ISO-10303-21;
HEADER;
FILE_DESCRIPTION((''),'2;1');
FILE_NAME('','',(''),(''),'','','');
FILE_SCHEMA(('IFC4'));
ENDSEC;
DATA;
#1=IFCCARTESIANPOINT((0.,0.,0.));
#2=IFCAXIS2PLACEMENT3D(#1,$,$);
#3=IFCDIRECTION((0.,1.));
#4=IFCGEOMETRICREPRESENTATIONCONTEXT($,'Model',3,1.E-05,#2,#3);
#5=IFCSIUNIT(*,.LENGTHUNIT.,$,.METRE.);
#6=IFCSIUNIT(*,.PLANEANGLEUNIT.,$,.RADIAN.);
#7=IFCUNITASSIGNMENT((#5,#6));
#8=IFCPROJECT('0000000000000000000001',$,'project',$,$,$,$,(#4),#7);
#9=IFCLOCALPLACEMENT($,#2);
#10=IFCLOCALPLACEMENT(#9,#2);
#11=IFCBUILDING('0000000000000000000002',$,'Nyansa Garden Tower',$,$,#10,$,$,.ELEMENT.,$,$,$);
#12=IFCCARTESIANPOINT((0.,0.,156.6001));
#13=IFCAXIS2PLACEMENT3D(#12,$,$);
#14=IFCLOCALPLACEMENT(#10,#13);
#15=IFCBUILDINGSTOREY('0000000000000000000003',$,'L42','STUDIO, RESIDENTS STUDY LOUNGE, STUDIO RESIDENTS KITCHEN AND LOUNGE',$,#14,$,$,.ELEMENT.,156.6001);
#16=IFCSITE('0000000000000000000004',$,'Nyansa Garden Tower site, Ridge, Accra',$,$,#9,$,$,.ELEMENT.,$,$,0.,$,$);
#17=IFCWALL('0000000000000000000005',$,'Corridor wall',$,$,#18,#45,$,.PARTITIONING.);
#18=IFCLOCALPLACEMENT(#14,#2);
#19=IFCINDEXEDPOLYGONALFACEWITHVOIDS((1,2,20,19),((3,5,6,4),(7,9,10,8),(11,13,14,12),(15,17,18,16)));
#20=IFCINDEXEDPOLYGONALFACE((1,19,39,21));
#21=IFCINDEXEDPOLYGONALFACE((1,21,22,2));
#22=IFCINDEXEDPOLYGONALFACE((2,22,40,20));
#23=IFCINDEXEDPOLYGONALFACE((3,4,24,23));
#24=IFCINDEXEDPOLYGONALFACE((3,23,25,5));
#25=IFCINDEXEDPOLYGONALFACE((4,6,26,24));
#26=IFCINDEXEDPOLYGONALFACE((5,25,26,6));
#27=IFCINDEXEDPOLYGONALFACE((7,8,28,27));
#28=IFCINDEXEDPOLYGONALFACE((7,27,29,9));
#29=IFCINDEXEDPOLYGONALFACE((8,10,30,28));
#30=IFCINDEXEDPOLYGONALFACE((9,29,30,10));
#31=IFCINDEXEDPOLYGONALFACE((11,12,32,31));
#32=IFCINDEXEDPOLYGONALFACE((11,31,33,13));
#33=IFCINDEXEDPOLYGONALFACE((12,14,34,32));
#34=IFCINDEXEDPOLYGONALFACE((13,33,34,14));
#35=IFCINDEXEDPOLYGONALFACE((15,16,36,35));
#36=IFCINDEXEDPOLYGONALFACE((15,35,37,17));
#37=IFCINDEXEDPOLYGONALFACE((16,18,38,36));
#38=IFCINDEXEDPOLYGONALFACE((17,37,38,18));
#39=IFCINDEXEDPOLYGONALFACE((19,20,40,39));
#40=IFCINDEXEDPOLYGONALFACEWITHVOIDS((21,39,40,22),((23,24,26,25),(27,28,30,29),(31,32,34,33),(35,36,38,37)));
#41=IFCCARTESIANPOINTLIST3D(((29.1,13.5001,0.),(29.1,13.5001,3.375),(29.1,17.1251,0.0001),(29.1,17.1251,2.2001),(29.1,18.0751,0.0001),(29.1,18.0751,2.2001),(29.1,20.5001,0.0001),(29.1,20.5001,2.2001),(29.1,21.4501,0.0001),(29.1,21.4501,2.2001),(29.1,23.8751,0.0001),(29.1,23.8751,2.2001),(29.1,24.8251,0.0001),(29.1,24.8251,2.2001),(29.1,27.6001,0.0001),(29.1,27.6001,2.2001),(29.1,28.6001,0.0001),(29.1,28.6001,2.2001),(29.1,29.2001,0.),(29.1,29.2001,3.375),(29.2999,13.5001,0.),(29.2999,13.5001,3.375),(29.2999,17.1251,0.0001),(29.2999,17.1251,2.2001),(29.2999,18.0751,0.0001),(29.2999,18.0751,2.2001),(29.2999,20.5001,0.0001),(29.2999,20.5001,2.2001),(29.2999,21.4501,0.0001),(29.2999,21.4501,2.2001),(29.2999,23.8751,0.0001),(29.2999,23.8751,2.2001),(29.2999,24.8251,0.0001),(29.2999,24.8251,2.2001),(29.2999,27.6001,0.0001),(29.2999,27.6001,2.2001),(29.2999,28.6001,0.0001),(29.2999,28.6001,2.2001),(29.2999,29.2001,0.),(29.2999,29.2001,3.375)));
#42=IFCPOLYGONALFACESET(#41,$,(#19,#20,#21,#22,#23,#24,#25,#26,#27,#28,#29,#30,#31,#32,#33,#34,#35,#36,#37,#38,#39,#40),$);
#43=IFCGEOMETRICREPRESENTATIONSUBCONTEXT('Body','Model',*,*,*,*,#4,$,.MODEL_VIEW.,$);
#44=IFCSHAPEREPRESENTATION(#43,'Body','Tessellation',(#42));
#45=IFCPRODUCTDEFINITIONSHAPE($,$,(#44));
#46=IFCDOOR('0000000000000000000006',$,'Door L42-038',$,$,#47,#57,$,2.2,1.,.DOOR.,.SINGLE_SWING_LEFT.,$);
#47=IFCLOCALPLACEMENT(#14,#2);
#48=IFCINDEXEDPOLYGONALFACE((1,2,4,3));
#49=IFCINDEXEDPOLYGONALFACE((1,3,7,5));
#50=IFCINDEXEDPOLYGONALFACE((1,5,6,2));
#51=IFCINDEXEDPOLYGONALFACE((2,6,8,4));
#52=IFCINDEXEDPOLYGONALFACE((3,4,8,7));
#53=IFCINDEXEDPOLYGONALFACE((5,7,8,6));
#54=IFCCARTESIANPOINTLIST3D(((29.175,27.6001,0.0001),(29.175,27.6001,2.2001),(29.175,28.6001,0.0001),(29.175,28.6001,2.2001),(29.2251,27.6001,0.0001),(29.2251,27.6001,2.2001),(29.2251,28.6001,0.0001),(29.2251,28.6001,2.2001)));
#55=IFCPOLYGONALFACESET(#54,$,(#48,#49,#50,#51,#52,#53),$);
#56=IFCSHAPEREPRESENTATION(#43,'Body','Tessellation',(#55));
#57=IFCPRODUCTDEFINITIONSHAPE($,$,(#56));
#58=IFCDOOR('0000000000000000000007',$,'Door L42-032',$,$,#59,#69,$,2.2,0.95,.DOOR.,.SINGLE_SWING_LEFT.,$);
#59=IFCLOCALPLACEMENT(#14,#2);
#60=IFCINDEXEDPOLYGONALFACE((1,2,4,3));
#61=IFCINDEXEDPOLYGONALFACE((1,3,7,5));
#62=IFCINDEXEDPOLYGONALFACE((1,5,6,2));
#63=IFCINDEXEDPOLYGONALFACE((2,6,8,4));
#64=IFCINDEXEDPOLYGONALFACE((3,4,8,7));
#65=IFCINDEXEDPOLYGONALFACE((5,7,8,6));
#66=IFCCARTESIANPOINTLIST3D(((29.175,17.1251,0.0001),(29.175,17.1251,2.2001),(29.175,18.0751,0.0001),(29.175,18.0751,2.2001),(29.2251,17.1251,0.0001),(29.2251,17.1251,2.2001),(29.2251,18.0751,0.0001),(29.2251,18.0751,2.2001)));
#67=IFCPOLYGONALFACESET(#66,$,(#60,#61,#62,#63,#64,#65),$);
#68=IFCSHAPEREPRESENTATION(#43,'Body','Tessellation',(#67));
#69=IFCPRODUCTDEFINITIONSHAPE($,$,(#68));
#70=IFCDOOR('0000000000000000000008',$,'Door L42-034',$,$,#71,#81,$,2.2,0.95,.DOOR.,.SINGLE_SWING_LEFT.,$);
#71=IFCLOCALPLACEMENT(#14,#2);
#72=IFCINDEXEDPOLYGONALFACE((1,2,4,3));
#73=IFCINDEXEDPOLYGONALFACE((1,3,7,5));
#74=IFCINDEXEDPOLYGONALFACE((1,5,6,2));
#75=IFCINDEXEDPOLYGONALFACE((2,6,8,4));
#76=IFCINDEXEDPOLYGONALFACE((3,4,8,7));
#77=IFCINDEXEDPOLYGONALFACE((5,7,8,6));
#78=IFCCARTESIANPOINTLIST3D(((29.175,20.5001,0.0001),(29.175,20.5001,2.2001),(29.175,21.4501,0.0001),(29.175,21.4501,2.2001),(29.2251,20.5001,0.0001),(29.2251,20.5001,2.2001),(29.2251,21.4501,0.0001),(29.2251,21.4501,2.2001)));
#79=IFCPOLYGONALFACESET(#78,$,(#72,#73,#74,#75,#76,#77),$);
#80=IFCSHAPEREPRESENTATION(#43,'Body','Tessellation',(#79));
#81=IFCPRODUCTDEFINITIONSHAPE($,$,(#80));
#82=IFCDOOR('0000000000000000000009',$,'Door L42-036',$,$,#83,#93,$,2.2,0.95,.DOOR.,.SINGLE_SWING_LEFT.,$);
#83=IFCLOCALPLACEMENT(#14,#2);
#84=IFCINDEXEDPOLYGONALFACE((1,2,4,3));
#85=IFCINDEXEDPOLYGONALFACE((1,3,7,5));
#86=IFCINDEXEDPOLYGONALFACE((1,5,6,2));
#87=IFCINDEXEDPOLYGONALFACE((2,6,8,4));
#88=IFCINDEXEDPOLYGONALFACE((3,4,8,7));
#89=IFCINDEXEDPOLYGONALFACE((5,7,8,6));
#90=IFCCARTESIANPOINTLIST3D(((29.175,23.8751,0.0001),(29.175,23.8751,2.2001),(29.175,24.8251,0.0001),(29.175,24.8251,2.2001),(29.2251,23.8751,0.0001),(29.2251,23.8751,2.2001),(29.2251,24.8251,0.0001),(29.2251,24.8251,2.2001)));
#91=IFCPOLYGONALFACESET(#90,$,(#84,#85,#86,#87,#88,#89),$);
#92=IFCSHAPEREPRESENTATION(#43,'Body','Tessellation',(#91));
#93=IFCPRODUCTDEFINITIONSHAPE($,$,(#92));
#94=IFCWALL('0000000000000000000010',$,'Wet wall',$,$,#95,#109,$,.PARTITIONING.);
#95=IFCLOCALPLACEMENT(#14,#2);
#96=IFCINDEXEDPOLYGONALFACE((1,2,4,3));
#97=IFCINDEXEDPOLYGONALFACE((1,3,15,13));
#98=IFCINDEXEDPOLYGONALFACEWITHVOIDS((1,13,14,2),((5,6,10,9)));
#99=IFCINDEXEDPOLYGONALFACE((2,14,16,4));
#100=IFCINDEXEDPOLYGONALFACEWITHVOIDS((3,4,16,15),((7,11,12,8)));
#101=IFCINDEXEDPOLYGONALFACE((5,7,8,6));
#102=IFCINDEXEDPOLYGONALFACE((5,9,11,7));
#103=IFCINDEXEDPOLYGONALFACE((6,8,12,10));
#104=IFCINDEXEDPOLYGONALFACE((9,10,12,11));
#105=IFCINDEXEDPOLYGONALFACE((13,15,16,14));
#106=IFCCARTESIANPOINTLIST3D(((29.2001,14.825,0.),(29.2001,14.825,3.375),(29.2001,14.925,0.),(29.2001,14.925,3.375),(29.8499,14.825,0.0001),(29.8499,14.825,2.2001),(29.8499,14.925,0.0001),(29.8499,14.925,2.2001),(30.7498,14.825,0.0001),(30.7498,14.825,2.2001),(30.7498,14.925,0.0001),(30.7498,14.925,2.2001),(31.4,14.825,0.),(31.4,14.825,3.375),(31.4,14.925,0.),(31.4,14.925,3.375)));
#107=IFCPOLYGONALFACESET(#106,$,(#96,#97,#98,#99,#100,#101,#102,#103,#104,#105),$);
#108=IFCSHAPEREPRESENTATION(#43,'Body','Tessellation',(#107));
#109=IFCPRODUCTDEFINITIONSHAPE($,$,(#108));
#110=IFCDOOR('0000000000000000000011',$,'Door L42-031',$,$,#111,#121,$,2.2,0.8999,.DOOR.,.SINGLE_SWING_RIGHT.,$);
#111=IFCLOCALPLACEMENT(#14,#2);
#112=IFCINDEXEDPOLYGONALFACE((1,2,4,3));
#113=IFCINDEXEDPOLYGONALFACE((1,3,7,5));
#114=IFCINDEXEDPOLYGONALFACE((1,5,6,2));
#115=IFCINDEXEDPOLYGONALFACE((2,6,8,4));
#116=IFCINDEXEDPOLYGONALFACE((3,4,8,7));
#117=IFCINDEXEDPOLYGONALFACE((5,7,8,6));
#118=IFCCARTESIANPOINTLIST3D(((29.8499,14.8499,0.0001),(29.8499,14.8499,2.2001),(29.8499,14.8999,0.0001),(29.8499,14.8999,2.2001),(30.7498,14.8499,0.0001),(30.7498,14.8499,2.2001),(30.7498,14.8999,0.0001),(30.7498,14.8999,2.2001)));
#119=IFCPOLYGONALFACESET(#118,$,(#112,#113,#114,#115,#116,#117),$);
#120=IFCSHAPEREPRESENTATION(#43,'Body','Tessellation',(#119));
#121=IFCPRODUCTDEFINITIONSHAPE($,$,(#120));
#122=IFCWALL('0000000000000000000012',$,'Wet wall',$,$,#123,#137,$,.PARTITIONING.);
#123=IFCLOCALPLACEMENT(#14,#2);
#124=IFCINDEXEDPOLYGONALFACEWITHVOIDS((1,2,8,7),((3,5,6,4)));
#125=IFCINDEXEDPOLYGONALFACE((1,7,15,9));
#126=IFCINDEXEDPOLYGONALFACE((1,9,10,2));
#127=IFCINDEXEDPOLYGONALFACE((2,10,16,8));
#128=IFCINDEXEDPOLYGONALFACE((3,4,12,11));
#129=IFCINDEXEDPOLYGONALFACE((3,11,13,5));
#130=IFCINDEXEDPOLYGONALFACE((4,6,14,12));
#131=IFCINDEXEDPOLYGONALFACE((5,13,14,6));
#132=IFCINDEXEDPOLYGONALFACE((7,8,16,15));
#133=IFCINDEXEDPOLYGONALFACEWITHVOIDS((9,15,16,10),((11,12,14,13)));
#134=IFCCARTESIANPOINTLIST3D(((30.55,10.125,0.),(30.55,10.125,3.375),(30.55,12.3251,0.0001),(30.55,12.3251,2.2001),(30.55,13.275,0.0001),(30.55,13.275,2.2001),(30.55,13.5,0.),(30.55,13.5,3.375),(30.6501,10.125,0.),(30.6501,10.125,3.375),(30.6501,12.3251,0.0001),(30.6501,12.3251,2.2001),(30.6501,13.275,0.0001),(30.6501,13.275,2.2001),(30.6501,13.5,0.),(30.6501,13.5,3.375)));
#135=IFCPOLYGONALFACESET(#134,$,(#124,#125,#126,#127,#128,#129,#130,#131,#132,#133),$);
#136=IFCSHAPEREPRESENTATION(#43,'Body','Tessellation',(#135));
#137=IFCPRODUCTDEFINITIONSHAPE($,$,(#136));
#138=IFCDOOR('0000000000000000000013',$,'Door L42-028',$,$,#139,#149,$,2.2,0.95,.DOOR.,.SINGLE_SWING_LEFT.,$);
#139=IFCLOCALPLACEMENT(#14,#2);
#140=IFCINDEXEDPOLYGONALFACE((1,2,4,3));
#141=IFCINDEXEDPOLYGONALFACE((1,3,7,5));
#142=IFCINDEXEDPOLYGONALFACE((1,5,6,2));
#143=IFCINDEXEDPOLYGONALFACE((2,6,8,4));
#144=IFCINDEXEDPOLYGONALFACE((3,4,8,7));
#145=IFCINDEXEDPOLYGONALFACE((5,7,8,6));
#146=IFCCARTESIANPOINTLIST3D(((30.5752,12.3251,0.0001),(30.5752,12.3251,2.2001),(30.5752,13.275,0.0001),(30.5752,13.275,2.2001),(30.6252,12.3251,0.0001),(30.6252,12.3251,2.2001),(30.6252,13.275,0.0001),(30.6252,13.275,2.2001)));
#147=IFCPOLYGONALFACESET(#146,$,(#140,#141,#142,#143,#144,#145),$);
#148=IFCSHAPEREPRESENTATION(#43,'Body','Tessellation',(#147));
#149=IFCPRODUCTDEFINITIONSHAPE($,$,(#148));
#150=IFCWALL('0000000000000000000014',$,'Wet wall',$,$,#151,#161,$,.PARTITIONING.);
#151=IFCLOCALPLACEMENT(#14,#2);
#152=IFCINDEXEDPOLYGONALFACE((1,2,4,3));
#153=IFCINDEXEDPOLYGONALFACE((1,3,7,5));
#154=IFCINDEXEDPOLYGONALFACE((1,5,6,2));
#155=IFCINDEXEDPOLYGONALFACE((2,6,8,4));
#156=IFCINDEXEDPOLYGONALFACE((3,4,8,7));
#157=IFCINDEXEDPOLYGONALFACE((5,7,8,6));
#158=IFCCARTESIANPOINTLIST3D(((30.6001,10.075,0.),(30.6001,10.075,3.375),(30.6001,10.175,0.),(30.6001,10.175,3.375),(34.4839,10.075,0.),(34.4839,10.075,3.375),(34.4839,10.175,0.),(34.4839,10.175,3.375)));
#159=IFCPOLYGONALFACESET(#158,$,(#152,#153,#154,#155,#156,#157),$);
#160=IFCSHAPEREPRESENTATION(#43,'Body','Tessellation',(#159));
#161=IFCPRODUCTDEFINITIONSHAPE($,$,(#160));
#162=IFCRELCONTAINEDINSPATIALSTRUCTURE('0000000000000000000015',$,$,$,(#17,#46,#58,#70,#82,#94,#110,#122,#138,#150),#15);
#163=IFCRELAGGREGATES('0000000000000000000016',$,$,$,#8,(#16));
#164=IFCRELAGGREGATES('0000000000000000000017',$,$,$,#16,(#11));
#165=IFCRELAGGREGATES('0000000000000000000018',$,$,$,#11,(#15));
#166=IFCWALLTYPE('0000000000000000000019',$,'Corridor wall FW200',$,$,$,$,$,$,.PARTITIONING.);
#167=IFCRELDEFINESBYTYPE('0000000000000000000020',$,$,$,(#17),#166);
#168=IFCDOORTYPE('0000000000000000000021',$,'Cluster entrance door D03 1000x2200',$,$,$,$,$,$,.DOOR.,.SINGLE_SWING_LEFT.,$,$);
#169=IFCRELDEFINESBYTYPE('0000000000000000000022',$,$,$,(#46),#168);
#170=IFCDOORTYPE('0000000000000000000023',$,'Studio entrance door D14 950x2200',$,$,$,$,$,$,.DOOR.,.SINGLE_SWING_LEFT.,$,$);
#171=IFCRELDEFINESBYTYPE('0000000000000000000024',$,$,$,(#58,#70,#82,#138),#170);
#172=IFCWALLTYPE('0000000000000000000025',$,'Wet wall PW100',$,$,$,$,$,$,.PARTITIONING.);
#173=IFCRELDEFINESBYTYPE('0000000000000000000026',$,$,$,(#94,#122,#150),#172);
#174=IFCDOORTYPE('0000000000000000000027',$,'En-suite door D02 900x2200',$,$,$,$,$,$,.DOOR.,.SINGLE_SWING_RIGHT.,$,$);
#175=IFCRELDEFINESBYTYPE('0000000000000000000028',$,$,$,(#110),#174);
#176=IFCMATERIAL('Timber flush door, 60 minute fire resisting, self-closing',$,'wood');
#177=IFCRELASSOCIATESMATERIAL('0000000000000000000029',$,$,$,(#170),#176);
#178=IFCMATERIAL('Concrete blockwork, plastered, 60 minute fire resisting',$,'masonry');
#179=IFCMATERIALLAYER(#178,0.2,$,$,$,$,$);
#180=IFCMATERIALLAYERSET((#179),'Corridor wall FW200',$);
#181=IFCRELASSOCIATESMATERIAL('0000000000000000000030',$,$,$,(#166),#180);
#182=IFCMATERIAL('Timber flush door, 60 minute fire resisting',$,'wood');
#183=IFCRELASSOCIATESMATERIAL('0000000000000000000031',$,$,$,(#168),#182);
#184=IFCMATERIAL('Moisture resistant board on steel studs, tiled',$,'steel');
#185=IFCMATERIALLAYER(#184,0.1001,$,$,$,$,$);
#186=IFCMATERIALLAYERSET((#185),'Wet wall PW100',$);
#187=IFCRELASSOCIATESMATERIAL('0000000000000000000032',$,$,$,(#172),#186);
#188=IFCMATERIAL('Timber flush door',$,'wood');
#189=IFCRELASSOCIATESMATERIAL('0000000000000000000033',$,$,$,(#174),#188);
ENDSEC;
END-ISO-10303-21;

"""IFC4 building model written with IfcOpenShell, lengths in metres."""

from ifc_helpers import new_model, si_unit, direction, frame, frame_2d, origin, place, context, subcontext, project, spatial, rectangle, extrude, material, layer, layer_set, type_object, element, fill, save


model = new_model("IFC4")

# Units and contexts
model_context = context("Model", 3, precision=1e-05, world=origin(), true_north=direction((0.0, 1.0)))
body_context = subcontext(model_context, "Body", "Model", "MODEL_VIEW")
ifc_project = project(units=[si_unit("LENGTHUNIT", "METRE"), si_unit("PLANEANGLEUNIT", "RADIAN")], contexts=[model_context])

# Site, building, storey
site_placement = place(None, origin())
site = spatial("IfcSite", under=ifc_project, at=site_placement, Name="Nyansa Garden Tower site, Ridge, Accra", CompositionType="ELEMENT", RefElevation=0.0)
building_placement = place(site_placement, origin())
building = spatial("IfcBuilding", under=site, at=building_placement, Name="Nyansa Garden Tower", CompositionType="ELEMENT")
storey_placement = place(building_placement, frame((0.0, 0.0, 156.6001)))
storey = spatial("IfcBuildingStorey", under=building, at=storey_placement, Name="L42", Description="STUDIO, RESIDENTS STUDY LOUNGE, STUDIO RESIDENTS KITCHEN AND LOUNGE", CompositionType="ELEMENT", Elevation=156.6001)

# Shared definitions
ifc_material_1 = material(Name="Timber flush door, 60 minute fire resisting, self-closing", Category="wood")
door_type_1 = type_object("IfcDoorType", Name="Studio entrance door D14 950x2200", OperationType="SINGLE_SWING_LEFT", PredefinedType="DOOR", material=ifc_material_1)

# Wall, openings, doors
ifc_material_2 = material(Name="Concrete blockwork, plastered, 60 minute fire resisting", Category="masonry")
ifc_layer_1 = layer(ifc_material_2, 0.2)
ifc_layer_set_1 = layer_set([ifc_layer_1], Name="Corridor wall FW200")
wall_type_1 = type_object("IfcWallType", Name="Corridor wall FW200", PredefinedType="PARTITIONING", material=ifc_layer_set_1)
wall_1_placement = place(storey_placement, frame((29.2, 13.5, 0.0), z_axis=(0.0, 0.0, 1.0), x_axis=(0.0, 1.0, 0.0)))
wall_1 = element("IfcWall", 1, at=wall_1_placement, inside=storey, type_object=wall_type_1, Name="Corridor wall", PredefinedType="PARTITIONING", context=body_context, shape_type="SweptSolid", body=[
    extrude(rectangle(XDim=15.7, YDim=0.2, at=frame_2d((7.8501, 0.0))), origin(), (0.0, 0.0, 1.0), 3.375),
])
opening_1_placement = place(wall_1_placement, frame((3.625, 0.0, 0.0)))
opening_1 = element("IfcOpeningElement", 2, at=opening_1_placement, cuts=wall_1, PredefinedType="OPENING", context=body_context, shape_type="SweptSolid", body=[
    extrude(rectangle(XDim=0.95, YDim=2.2, at=frame_2d((0.4751, 1.1001))), frame((0.0, 0.1099, 0.0), z_axis=(0.0, -1.0, 0.0), x_axis=(1.0, 0.0, 0.0)), (0.0, 0.0, 1.0), 0.22),
])
opening_2_placement = place(wall_1_placement, frame((7.0, 0.0, 0.0)))
opening_2 = element("IfcOpeningElement", 3, at=opening_2_placement, cuts=wall_1, PredefinedType="OPENING", context=body_context, shape_type="SweptSolid", body=[
    extrude(rectangle(XDim=0.95, YDim=2.2, at=frame_2d((0.4751, 1.1001))), frame((0.0, 0.1099, 0.0), z_axis=(0.0, -1.0, 0.0), x_axis=(1.0, 0.0, 0.0)), (0.0, 0.0, 1.0), 0.22),
])
opening_3_placement = place(wall_1_placement, frame((10.375, 0.0, 0.0)))
opening_3 = element("IfcOpeningElement", 4, at=opening_3_placement, cuts=wall_1, PredefinedType="OPENING", context=body_context, shape_type="SweptSolid", body=[
    extrude(rectangle(XDim=0.95, YDim=2.2, at=frame_2d((0.4751, 1.1001))), frame((0.0, 0.1099, 0.0), z_axis=(0.0, -1.0, 0.0), x_axis=(1.0, 0.0, 0.0)), (0.0, 0.0, 1.0), 0.22),
])
opening_4_placement = place(wall_1_placement, frame((14.1001, 0.0, 0.0)))
opening_4 = element("IfcOpeningElement", 5, at=opening_4_placement, cuts=wall_1, PredefinedType="OPENING", context=body_context, shape_type="SweptSolid", body=[
    extrude(rectangle(XDim=1.0, YDim=2.2, at=frame_2d((0.5, 1.1001))), frame((0.0, 0.1099, 0.0), z_axis=(0.0, -1.0, 0.0), x_axis=(1.0, 0.0, 0.0)), (0.0, 0.0, 1.0), 0.22),
])
ifc_material_3 = material(Name="Timber flush door, 60 minute fire resisting", Category="wood")
door_type_2 = type_object("IfcDoorType", Name="Cluster entrance door D03 1000x2200", OperationType="SINGLE_SWING_LEFT", PredefinedType="DOOR", material=ifc_material_3)
door_1_placement = place(opening_4_placement, origin())
door_1 = element("IfcDoor", 6, at=door_1_placement, inside=storey, type_object=door_type_2, Name="Door L42-038", OperationType="SINGLE_SWING_LEFT", OverallHeight=2.2, OverallWidth=1.0, PredefinedType="DOOR", context=body_context, shape_type="SweptSolid", body=[
    extrude(rectangle(XDim=1.0, YDim=2.2, at=frame_2d((0.5, 1.1001))), frame((0.0, 0.0249, 0.0), z_axis=(0.0, -1.0, 0.0), x_axis=(1.0, 0.0, 0.0)), (0.0, 0.0, 1.0), 0.05),
])
fill(opening_4, door_1)
door_2_placement = place(opening_1_placement, origin())
door_2 = element("IfcDoor", 7, at=door_2_placement, inside=storey, type_object=door_type_1, Name="Door L42-032", OperationType="SINGLE_SWING_LEFT", OverallHeight=2.2, OverallWidth=0.95, PredefinedType="DOOR", context=body_context, shape_type="SweptSolid", body=[
    extrude(rectangle(XDim=0.95, YDim=2.2, at=frame_2d((0.4751, 1.1001))), frame((0.0, 0.0249, 0.0), z_axis=(0.0, -1.0, 0.0), x_axis=(1.0, 0.0, 0.0)), (0.0, 0.0, 1.0), 0.05),
])
fill(opening_1, door_2)
door_3_placement = place(opening_2_placement, origin())
door_3 = element("IfcDoor", 8, at=door_3_placement, inside=storey, type_object=door_type_1, Name="Door L42-034", OperationType="SINGLE_SWING_LEFT", OverallHeight=2.2, OverallWidth=0.95, PredefinedType="DOOR", context=body_context, shape_type="SweptSolid", body=[
    extrude(rectangle(XDim=0.95, YDim=2.2, at=frame_2d((0.4751, 1.1001))), frame((0.0, 0.0249, 0.0), z_axis=(0.0, -1.0, 0.0), x_axis=(1.0, 0.0, 0.0)), (0.0, 0.0, 1.0), 0.05),
])
fill(opening_2, door_3)
door_4_placement = place(opening_3_placement, origin())
door_4 = element("IfcDoor", 9, at=door_4_placement, inside=storey, type_object=door_type_1, Name="Door L42-036", OperationType="SINGLE_SWING_LEFT", OverallHeight=2.2, OverallWidth=0.95, PredefinedType="DOOR", context=body_context, shape_type="SweptSolid", body=[
    extrude(rectangle(XDim=0.95, YDim=2.2, at=frame_2d((0.4751, 1.1001))), frame((0.0, 0.0249, 0.0), z_axis=(0.0, -1.0, 0.0), x_axis=(1.0, 0.0, 0.0)), (0.0, 0.0, 1.0), 0.05),
])
fill(opening_3, door_4)

# Walls, openings, doors
ifc_material_4 = material(Name="Moisture resistant board on steel studs, tiled", Category="steel")
ifc_layer_2 = layer(ifc_material_4, 0.1001)
ifc_layer_set_2 = layer_set([ifc_layer_2], Name="Wet wall PW100")
wall_type_2 = type_object("IfcWallType", Name="Wet wall PW100", PredefinedType="PARTITIONING", material=ifc_layer_set_2)
wall_2_placement = place(storey_placement, frame((29.2, 14.875, 0.0), z_axis=(0.0, 0.0, 1.0), x_axis=(1.0, 0.0, 0.0)))
wall_2 = element("IfcWall", 10, at=wall_2_placement, inside=storey, type_object=wall_type_2, Name="Wet wall", PredefinedType="PARTITIONING", context=body_context, shape_type="SweptSolid", body=[
    extrude(rectangle(XDim=2.2, YDim=0.1001, at=frame_2d((1.1001, 0.0))), origin(), (0.0, 0.0, 1.0), 3.375),
])
opening_5_placement = place(wall_2_placement, frame((0.6499, 0.0, 0.0)))
opening_5 = element("IfcOpeningElement", 11, at=opening_5_placement, cuts=wall_2, PredefinedType="OPENING", context=body_context, shape_type="SweptSolid", body=[
    extrude(rectangle(XDim=0.8999, YDim=2.2, at=frame_2d((0.45, 1.1001))), frame((0.0, 0.0601, 0.0), z_axis=(0.0, -1.0, 0.0), x_axis=(1.0, 0.0, 0.0)), (0.0, 0.0, 1.0), 0.1201),
])
ifc_material_5 = material(Name="Timber flush door", Category="wood")
door_type_3 = type_object("IfcDoorType", Name="En-suite door D02 900x2200", OperationType="SINGLE_SWING_RIGHT", PredefinedType="DOOR", material=ifc_material_5)
door_5_placement = place(opening_5_placement, origin())
door_5 = element("IfcDoor", 12, at=door_5_placement, inside=storey, type_object=door_type_3, Name="Door L42-031", OperationType="SINGLE_SWING_RIGHT", OverallHeight=2.2, OverallWidth=0.8999, PredefinedType="DOOR", context=body_context, shape_type="SweptSolid", body=[
    extrude(rectangle(XDim=0.8999, YDim=2.2, at=frame_2d((0.45, 1.1001))), frame((0.0, 0.0249, 0.0), z_axis=(0.0, -1.0, 0.0), x_axis=(1.0, 0.0, 0.0)), (0.0, 0.0, 1.0), 0.05),
])
fill(opening_5, door_5)
wall_3_placement = place(storey_placement, frame((30.6001, 10.125, 0.0), z_axis=(0.0, 0.0, 1.0), x_axis=(0.0, 1.0, 0.0)))
wall_3 = element("IfcWall", 13, at=wall_3_placement, inside=storey, type_object=wall_type_2, Name="Wet wall", PredefinedType="PARTITIONING", context=body_context, shape_type="SweptSolid", body=[
    extrude(rectangle(XDim=3.375, YDim=0.1001, at=frame_2d((1.6875, 0.0))), origin(), (0.0, 0.0, 1.0), 3.375),
])
opening_6_placement = place(wall_3_placement, frame((2.2, 0.0, 0.0)))
opening_6 = element("IfcOpeningElement", 14, at=opening_6_placement, cuts=wall_3, PredefinedType="OPENING", context=body_context, shape_type="SweptSolid", body=[
    extrude(rectangle(XDim=0.95, YDim=2.2, at=frame_2d((0.4751, 1.1001))), frame((0.0, 0.0601, 0.0), z_axis=(0.0, -1.0, 0.0), x_axis=(1.0, 0.0, 0.0)), (0.0, 0.0, 1.0), 0.1201),
])
door_6_placement = place(opening_6_placement, origin())
door_6 = element("IfcDoor", 15, at=door_6_placement, inside=storey, type_object=door_type_1, Name="Door L42-028", OperationType="SINGLE_SWING_LEFT", OverallHeight=2.2, OverallWidth=0.95, PredefinedType="DOOR", context=body_context, shape_type="SweptSolid", body=[
    extrude(rectangle(XDim=0.95, YDim=2.2, at=frame_2d((0.4751, 1.1001))), frame((0.0, 0.0249, 0.0), z_axis=(0.0, -1.0, 0.0), x_axis=(1.0, 0.0, 0.0)), (0.0, 0.0, 1.0), 0.05),
])
fill(opening_6, door_6)

# Wall
wall_4_placement = place(storey_placement, frame((30.6001, 10.125, 0.0), z_axis=(0.0, 0.0, 1.0), x_axis=(1.0, 0.0, 0.0)))
element("IfcWall", 16, at=wall_4_placement, inside=storey, type_object=wall_type_2, Name="Wet wall", PredefinedType="PARTITIONING", context=body_context, shape_type="SweptSolid", body=[
    extrude(rectangle(XDim=3.8838, YDim=0.1001, at=frame_2d((1.9419, 0.0))), origin(), (0.0, 0.0, 1.0), 3.375),
])

save(model, "model.ifc")
